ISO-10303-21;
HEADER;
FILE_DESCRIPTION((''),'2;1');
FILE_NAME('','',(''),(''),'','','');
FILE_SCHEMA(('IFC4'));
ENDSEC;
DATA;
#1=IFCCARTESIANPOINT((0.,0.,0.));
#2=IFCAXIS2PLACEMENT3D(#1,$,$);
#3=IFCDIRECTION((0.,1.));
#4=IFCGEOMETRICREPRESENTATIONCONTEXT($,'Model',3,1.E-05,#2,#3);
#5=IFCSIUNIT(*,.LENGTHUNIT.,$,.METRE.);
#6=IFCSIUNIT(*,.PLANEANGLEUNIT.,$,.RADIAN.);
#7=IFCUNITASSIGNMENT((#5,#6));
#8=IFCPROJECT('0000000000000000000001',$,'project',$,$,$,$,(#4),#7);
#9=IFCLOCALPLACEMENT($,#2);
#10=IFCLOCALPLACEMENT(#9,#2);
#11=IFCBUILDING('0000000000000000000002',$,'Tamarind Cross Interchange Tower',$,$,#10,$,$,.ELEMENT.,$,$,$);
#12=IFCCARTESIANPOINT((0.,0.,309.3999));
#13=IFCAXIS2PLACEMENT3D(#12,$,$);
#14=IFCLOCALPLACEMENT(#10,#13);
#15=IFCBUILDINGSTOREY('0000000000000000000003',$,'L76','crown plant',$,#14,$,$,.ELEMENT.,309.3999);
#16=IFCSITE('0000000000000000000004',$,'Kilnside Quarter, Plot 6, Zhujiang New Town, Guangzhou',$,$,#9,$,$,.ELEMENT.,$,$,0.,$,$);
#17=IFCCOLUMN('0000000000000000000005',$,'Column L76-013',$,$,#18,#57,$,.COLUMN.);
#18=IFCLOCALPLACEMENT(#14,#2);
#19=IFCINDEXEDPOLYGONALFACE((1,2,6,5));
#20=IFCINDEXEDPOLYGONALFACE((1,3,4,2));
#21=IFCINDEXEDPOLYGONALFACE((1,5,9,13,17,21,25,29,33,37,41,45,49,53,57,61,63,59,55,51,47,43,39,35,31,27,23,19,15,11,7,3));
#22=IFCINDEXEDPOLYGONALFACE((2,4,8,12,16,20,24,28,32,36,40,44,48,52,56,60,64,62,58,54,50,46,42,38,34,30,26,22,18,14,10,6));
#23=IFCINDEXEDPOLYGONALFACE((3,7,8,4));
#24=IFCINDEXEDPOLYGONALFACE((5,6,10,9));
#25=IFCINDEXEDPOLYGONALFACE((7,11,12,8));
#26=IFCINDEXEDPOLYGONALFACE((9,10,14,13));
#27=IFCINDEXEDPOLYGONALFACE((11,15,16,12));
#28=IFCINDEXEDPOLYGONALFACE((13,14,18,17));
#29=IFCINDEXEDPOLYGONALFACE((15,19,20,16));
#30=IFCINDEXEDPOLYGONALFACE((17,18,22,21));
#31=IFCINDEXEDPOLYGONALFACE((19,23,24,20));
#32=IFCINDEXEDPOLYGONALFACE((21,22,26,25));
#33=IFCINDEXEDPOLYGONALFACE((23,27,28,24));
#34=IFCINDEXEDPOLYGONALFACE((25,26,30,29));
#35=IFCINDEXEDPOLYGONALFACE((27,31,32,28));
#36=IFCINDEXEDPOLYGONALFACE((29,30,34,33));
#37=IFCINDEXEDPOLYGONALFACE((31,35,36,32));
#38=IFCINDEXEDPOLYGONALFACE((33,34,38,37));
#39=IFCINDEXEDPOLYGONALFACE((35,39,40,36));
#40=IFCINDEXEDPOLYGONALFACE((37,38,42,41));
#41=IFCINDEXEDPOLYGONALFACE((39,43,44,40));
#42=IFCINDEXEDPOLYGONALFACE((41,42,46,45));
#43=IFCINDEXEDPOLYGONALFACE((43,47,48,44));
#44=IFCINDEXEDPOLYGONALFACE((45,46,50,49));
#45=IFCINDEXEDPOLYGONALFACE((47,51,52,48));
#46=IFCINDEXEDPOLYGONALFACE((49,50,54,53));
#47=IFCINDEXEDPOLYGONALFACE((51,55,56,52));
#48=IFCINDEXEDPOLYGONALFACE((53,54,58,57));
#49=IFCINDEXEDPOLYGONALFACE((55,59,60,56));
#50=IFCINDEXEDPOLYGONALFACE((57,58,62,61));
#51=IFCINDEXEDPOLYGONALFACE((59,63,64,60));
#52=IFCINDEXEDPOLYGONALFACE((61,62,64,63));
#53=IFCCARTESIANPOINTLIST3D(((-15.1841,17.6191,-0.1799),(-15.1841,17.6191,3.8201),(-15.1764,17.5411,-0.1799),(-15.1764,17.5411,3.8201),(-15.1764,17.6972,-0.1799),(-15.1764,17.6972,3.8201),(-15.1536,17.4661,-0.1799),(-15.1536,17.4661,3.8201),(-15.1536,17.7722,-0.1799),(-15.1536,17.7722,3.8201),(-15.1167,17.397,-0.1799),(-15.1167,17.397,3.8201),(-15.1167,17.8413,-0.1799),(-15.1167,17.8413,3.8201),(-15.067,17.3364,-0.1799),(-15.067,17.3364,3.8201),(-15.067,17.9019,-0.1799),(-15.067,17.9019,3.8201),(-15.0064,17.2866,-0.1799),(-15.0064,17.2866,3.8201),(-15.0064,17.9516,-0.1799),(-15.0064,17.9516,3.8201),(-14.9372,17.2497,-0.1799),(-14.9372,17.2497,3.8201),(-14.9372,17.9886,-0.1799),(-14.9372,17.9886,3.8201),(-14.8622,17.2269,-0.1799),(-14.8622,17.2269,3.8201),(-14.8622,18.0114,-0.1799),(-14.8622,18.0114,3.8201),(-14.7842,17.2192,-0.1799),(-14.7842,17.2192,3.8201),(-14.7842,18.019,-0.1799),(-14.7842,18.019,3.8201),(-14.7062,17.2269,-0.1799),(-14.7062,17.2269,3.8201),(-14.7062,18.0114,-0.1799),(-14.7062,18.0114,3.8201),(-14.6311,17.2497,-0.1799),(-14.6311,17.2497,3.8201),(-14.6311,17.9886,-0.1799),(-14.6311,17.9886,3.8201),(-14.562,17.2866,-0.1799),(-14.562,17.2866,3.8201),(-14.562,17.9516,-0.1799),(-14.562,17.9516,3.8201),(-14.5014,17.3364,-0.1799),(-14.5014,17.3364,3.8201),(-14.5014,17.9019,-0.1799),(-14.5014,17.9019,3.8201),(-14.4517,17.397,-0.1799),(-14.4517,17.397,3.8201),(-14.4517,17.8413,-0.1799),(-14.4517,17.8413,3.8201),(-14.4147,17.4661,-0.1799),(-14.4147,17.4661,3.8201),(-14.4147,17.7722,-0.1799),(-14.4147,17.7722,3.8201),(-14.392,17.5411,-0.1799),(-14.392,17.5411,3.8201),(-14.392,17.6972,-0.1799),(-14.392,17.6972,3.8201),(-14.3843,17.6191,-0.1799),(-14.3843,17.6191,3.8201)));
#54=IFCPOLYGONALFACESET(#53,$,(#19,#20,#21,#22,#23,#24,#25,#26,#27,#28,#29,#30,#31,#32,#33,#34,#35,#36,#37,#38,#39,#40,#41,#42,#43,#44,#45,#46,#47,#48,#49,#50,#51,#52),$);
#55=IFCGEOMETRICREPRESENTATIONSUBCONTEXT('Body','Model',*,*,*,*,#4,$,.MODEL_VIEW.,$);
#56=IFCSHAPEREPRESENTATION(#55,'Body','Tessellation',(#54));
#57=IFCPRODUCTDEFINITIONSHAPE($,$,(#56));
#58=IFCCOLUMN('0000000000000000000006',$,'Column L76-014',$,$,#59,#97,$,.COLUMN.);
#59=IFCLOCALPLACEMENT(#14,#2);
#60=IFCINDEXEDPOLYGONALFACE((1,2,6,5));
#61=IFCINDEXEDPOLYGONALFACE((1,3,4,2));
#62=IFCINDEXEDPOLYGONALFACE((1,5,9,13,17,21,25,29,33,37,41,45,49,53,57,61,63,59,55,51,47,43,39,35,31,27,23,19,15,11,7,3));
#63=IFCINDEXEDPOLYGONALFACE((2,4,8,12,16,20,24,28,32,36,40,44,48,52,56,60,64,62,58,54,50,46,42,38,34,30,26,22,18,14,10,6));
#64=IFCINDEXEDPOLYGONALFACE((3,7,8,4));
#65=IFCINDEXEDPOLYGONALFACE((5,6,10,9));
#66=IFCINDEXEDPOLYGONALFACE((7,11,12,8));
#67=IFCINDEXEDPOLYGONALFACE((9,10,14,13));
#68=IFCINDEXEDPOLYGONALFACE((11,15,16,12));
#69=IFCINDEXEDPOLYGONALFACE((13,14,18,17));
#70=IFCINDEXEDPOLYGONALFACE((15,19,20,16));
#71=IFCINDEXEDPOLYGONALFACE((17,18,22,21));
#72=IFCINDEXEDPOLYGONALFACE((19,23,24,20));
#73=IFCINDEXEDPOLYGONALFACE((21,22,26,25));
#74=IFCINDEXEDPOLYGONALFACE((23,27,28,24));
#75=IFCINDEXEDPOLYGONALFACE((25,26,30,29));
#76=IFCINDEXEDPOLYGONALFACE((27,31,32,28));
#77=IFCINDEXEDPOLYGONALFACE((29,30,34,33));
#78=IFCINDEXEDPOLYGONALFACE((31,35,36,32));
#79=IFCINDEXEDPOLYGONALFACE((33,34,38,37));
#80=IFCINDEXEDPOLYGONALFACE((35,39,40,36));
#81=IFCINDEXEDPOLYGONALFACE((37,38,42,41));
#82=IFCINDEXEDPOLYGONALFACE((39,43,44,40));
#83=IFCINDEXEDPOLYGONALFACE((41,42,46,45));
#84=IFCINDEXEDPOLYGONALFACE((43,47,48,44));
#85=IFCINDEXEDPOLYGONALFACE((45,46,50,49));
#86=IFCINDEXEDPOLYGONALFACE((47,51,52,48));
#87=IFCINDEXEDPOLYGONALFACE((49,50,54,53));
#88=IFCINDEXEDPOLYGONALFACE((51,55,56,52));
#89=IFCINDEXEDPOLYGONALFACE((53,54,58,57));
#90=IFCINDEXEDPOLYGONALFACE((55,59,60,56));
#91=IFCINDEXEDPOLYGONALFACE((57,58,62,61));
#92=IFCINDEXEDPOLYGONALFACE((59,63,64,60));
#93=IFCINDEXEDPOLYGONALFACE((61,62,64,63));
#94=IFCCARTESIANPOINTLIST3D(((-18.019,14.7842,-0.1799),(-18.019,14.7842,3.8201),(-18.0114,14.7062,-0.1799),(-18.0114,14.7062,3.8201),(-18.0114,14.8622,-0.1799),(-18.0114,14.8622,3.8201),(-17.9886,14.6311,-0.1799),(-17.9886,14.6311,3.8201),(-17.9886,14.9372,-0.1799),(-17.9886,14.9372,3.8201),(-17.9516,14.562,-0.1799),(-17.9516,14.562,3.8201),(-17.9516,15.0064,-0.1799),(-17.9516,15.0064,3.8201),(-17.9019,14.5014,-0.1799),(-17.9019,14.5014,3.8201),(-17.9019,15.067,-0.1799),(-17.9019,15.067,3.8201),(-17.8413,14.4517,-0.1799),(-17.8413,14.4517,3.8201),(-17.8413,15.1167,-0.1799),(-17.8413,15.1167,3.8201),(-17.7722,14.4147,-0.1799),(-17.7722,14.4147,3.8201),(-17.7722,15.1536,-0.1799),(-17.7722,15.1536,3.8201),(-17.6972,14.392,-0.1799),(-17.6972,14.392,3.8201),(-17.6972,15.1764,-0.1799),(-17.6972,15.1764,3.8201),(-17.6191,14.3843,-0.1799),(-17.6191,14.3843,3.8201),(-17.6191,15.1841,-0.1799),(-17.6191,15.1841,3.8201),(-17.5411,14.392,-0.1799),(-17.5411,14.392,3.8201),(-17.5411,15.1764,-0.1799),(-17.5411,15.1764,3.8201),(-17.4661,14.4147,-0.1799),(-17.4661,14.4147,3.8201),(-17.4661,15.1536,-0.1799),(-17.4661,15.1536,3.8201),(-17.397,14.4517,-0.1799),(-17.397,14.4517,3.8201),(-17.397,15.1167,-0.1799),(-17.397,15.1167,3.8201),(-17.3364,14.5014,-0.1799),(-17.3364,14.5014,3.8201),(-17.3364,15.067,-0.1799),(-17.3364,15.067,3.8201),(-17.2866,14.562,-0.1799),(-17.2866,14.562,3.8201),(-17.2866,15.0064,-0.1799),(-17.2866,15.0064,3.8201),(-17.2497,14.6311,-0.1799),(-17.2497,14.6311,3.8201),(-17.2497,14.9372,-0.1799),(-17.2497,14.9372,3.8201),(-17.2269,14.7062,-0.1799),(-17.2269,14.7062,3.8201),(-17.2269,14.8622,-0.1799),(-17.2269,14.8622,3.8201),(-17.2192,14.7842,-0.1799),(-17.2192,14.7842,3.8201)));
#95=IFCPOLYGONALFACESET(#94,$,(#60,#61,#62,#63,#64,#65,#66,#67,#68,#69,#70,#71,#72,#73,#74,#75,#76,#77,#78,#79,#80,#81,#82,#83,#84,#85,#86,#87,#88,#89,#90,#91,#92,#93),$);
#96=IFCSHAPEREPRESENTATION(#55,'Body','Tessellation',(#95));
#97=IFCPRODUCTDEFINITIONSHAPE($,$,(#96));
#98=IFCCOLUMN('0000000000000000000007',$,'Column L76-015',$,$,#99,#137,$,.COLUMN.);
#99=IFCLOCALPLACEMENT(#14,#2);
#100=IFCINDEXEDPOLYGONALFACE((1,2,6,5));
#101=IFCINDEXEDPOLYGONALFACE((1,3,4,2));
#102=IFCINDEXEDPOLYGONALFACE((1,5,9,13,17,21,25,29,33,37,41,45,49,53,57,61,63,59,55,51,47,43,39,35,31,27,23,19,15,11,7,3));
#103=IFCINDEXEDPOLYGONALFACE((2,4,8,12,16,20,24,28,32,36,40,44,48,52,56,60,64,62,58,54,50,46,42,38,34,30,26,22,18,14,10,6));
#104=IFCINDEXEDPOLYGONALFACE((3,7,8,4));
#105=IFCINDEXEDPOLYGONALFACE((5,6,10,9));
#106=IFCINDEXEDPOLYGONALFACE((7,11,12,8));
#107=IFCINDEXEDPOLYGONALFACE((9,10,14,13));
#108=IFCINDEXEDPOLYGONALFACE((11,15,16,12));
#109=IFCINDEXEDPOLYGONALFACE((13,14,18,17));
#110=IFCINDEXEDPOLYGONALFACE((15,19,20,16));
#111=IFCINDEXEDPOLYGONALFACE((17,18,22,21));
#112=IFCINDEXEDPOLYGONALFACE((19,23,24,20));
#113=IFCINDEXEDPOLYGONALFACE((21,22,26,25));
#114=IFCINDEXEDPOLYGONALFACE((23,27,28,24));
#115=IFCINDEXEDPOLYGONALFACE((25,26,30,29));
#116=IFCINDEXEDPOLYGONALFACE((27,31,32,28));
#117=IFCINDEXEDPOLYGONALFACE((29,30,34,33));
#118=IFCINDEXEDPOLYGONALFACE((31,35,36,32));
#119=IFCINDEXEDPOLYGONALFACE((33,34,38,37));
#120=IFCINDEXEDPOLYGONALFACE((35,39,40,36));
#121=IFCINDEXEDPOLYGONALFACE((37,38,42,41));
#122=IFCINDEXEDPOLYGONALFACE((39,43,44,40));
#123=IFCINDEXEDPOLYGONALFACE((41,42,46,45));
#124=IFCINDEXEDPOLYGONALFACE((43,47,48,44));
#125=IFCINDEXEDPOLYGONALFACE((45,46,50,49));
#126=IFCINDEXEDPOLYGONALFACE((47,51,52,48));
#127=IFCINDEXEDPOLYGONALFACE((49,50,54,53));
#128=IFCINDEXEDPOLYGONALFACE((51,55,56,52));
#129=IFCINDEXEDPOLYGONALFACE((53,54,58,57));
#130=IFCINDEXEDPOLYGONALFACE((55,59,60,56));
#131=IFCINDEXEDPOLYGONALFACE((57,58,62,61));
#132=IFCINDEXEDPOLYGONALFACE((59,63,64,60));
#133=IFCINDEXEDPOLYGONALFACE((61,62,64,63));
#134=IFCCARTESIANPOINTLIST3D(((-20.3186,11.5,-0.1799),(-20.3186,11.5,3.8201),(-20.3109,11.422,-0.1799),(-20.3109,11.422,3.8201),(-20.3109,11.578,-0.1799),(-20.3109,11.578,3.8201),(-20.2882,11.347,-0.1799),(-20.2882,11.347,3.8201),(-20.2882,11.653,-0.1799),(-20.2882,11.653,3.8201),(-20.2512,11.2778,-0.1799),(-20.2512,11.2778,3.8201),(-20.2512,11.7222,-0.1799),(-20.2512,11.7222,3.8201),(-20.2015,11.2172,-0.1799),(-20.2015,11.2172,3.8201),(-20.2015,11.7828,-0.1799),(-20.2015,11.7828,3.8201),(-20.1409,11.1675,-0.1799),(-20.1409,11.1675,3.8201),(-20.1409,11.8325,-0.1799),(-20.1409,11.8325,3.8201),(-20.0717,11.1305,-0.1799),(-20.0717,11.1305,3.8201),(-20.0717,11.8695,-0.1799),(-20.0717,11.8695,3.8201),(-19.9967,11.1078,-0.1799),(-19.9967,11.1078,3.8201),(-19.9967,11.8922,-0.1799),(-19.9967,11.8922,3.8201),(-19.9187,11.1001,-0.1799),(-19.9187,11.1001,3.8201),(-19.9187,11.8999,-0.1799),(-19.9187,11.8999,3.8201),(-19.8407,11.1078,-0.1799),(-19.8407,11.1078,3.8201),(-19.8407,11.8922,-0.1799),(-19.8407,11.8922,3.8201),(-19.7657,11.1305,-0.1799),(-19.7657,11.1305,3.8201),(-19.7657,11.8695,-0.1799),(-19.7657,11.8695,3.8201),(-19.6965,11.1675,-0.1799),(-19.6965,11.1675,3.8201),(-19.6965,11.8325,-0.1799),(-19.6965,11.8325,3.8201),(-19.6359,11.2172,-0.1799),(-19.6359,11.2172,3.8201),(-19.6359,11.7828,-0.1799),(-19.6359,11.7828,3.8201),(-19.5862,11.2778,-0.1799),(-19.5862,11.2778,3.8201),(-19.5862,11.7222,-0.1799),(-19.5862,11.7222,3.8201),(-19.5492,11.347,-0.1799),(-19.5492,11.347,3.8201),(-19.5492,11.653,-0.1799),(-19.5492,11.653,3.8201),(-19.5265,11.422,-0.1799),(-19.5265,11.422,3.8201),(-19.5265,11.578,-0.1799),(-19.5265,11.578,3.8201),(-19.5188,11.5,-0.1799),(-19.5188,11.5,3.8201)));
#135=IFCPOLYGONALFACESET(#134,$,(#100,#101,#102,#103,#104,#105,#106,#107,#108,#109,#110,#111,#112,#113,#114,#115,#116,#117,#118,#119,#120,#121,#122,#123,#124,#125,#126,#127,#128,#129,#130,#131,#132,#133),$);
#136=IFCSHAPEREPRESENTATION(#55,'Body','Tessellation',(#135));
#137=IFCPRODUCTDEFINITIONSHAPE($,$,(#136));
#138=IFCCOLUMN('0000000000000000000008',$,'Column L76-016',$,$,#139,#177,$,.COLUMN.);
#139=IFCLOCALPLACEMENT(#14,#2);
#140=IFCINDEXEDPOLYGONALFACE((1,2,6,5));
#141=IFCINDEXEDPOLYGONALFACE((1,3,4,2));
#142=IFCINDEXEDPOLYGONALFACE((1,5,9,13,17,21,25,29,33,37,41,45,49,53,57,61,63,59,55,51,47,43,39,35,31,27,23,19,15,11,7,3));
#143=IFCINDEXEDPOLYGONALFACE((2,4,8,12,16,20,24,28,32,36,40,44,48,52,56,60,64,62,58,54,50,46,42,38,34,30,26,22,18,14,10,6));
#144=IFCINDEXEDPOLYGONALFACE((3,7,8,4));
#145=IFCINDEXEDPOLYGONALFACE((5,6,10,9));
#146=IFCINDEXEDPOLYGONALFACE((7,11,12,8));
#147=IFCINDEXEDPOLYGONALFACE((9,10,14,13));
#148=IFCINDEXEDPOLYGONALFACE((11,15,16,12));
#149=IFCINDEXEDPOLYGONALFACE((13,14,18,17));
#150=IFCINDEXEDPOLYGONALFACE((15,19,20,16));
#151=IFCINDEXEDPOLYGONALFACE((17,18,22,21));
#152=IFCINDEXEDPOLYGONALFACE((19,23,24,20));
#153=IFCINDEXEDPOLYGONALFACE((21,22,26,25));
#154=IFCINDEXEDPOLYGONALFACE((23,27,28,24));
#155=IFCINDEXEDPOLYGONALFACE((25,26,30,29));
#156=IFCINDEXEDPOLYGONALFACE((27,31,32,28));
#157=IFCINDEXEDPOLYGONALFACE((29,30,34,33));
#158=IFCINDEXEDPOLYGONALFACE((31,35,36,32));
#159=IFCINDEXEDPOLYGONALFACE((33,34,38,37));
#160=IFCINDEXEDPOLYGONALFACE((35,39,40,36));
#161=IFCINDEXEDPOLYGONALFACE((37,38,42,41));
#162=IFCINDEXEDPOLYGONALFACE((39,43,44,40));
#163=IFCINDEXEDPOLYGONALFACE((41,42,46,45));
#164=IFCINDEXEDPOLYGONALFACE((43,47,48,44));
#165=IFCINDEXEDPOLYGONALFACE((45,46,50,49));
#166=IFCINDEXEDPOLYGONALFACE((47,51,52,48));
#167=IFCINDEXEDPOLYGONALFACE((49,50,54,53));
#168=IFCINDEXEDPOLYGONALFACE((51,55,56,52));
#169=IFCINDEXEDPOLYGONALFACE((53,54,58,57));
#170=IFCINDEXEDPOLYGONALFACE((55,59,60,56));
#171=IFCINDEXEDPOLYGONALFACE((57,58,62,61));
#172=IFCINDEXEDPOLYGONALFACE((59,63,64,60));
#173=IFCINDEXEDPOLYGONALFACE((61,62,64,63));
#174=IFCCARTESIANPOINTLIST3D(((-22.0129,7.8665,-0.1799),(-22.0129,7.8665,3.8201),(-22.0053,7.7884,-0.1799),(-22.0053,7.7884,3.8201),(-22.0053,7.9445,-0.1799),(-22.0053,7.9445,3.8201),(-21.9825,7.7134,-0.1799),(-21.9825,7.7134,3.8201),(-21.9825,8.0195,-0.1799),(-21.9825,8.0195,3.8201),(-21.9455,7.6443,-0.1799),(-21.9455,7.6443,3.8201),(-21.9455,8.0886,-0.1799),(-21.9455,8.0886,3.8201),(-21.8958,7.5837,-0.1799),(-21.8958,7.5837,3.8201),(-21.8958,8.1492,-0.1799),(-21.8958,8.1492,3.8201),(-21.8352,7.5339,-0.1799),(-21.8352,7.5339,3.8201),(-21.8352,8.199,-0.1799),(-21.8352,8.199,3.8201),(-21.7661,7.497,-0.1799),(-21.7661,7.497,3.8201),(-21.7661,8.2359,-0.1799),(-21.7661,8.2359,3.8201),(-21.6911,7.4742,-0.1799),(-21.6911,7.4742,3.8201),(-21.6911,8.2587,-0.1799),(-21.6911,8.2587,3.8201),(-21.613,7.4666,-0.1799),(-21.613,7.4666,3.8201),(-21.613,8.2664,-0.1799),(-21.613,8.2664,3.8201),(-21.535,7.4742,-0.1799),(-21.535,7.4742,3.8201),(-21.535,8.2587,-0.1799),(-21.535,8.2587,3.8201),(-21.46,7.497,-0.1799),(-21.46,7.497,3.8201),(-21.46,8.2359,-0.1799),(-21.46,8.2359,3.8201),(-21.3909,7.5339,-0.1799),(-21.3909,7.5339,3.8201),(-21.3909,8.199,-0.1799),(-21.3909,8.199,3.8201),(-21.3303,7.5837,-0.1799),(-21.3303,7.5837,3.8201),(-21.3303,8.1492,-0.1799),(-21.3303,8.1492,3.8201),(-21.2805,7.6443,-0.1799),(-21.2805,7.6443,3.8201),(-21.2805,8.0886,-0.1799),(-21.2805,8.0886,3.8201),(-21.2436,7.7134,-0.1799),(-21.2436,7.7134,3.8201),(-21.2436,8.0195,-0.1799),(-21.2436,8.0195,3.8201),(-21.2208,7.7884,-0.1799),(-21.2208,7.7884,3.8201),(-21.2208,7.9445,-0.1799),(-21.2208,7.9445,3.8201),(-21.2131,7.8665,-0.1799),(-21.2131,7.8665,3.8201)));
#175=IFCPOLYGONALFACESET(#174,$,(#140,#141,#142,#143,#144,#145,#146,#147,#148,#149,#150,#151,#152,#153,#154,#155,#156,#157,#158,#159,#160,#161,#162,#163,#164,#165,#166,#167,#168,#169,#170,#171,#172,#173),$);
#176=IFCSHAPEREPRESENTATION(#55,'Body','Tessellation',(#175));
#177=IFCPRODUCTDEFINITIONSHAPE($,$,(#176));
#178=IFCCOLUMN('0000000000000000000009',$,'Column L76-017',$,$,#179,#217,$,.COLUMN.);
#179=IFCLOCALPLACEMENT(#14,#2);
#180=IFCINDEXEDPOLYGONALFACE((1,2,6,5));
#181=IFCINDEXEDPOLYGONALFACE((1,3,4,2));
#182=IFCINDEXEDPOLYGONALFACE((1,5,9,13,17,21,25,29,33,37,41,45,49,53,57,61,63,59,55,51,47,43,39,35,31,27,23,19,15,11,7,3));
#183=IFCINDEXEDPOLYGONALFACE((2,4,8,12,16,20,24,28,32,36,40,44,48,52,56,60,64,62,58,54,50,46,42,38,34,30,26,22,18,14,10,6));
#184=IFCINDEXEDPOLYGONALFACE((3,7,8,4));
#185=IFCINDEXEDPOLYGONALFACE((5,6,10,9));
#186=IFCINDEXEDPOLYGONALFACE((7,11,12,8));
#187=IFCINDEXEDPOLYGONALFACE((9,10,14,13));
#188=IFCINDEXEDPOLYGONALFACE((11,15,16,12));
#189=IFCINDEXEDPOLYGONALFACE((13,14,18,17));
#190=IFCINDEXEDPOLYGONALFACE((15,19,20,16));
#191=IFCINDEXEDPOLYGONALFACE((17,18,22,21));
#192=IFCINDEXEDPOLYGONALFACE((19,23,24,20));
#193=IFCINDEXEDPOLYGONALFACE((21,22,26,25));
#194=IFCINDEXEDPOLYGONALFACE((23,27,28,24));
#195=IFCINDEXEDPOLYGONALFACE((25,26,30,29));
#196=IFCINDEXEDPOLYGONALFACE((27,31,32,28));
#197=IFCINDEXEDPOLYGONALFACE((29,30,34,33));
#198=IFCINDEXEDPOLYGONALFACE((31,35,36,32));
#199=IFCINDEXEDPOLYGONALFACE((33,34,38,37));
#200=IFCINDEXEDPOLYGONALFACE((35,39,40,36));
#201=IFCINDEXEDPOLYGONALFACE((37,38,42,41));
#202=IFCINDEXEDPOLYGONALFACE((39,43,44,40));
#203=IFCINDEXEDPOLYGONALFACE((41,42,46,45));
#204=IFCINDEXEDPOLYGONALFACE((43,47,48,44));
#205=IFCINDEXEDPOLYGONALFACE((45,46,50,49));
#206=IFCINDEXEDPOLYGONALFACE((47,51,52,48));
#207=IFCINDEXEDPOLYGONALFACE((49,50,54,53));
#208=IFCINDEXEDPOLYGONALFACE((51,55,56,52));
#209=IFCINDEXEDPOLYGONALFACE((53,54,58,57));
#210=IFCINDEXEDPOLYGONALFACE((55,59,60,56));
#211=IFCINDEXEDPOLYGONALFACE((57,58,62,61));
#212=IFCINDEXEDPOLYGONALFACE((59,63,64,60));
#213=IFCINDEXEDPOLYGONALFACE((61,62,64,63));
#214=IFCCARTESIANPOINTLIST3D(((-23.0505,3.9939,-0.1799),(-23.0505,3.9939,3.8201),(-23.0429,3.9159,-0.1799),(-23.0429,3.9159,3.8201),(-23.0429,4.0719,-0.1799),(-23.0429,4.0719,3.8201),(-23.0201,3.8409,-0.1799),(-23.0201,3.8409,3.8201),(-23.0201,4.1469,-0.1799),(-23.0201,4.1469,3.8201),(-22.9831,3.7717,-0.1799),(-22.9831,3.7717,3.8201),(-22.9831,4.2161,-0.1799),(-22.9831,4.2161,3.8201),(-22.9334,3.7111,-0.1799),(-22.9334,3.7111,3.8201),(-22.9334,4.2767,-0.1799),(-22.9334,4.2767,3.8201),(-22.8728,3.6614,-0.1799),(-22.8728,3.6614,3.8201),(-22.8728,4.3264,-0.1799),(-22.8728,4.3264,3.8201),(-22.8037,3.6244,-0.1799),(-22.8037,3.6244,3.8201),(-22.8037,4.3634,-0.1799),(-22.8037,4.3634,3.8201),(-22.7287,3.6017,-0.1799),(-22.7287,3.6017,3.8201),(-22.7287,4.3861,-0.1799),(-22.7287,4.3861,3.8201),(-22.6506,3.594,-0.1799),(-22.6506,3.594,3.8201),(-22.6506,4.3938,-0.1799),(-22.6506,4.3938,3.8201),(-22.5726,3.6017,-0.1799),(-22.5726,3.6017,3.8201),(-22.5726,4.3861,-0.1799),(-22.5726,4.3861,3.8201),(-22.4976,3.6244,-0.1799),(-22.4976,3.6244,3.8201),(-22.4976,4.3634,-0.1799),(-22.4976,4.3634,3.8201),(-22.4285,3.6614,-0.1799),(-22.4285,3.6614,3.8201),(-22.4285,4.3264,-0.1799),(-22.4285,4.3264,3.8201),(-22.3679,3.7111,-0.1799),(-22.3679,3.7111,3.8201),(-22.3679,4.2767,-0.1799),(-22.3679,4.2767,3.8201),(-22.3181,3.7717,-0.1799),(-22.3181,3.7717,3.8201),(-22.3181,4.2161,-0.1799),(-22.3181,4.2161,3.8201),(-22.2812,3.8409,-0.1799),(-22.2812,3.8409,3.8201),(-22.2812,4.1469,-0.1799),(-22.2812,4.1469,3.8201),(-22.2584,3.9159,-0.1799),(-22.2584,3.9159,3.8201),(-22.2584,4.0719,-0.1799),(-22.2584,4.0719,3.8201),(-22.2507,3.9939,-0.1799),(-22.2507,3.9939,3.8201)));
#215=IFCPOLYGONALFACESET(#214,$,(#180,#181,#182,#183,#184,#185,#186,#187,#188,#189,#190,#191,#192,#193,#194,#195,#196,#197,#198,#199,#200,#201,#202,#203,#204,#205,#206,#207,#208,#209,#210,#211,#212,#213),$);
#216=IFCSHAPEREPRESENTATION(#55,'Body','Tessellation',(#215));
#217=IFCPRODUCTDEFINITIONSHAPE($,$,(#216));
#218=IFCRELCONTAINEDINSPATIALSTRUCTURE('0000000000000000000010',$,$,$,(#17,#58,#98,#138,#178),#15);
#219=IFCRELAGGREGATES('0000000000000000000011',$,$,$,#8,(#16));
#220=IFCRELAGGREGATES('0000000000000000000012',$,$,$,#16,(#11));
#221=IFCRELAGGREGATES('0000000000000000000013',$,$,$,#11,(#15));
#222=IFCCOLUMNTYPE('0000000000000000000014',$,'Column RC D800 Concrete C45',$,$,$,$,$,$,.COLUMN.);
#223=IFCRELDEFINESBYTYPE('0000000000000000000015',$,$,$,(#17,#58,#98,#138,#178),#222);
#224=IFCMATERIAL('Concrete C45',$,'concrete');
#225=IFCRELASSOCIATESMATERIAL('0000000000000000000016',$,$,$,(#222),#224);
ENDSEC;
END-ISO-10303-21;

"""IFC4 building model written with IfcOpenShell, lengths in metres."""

from ifc_helpers import new_model, si_unit, direction, frame, origin, origin_2d, place, context, subcontext, project, spatial, circle, extrude, material, material_profile, profile_set, type_object, element, save


model = new_model("IFC4")

# Units and contexts
model_context = context("Model", 3, precision=1e-05, world=origin(), true_north=direction((0.0, 1.0)))
body_context = subcontext(model_context, "Body", "Model", "MODEL_VIEW")
ifc_project = project(units=[si_unit("LENGTHUNIT", "METRE"), si_unit("PLANEANGLEUNIT", "RADIAN")], contexts=[model_context])

# Site, building, storey
site_placement = place(None, origin())
site = spatial("IfcSite", under=ifc_project, at=site_placement, Name="Kilnside Quarter, Plot 6, Zhujiang New Town, Guangzhou", CompositionType="ELEMENT", RefElevation=0.0)
building_placement = place(site_placement, origin())
building = spatial("IfcBuilding", under=site, at=building_placement, Name="Tamarind Cross Interchange Tower", CompositionType="ELEMENT")
storey_placement = place(building_placement, frame((0.0, 0.0, 309.3999)))
storey = spatial("IfcBuildingStorey", under=building, at=storey_placement, Name="L76", Description="crown plant", CompositionType="ELEMENT", Elevation=309.3999)

# Columns
ifc_material_1 = material(Name="Concrete C45", Category="concrete")
ifc_material_profile_1 = material_profile(ifc_material_1, circle(Radius=0.3999, at=origin_2d()), Name="RC D800")
ifc_profile_set_1 = profile_set([ifc_material_profile_1], Name="Concrete C45")
column_type = type_object("IfcColumnType", Name="Column RC D800 Concrete C45", PredefinedType="COLUMN", material=ifc_profile_set_1)
for number, where, z_axis, x_axis, name in (
    (1, (-14.7842, 17.6191, -0.1799), (0.0, 0.0, 1.0), (1.0, 0.0, 0.0), "Column L76-013"),
    (2, (-17.6191, 14.7842, -0.1799), (0.0, 0.0, 1.0), (1.0, 0.0, 0.0), "Column L76-014"),
    (3, (-19.9187, 11.5, -0.1799), (0.0, 0.0, 1.0), (1.0, 0.0, 0.0), "Column L76-015"),
    (4, (-21.613, 7.8665, -0.1799), (0.0, 0.0, 1.0), (1.0, 0.0, 0.0), "Column L76-016"),
    (5, (-22.6506, 3.9939, -0.1799), (0.0, 0.0, 1.0), (1.0, 0.0, 0.0), "Column L76-017"),
):
    element("IfcColumn", number, at=place(storey_placement, frame(where, z_axis=z_axis, x_axis=x_axis)), inside=storey, type_object=column_type, Name=name, PredefinedType="COLUMN", context=body_context, shape_type="SweptSolid", body=[
        extrude(circle(Radius=0.3999, at=origin_2d()), origin(), (0.0, 0.0, 1.0), 4.0),
    ])

save(model, "model.ifc")
